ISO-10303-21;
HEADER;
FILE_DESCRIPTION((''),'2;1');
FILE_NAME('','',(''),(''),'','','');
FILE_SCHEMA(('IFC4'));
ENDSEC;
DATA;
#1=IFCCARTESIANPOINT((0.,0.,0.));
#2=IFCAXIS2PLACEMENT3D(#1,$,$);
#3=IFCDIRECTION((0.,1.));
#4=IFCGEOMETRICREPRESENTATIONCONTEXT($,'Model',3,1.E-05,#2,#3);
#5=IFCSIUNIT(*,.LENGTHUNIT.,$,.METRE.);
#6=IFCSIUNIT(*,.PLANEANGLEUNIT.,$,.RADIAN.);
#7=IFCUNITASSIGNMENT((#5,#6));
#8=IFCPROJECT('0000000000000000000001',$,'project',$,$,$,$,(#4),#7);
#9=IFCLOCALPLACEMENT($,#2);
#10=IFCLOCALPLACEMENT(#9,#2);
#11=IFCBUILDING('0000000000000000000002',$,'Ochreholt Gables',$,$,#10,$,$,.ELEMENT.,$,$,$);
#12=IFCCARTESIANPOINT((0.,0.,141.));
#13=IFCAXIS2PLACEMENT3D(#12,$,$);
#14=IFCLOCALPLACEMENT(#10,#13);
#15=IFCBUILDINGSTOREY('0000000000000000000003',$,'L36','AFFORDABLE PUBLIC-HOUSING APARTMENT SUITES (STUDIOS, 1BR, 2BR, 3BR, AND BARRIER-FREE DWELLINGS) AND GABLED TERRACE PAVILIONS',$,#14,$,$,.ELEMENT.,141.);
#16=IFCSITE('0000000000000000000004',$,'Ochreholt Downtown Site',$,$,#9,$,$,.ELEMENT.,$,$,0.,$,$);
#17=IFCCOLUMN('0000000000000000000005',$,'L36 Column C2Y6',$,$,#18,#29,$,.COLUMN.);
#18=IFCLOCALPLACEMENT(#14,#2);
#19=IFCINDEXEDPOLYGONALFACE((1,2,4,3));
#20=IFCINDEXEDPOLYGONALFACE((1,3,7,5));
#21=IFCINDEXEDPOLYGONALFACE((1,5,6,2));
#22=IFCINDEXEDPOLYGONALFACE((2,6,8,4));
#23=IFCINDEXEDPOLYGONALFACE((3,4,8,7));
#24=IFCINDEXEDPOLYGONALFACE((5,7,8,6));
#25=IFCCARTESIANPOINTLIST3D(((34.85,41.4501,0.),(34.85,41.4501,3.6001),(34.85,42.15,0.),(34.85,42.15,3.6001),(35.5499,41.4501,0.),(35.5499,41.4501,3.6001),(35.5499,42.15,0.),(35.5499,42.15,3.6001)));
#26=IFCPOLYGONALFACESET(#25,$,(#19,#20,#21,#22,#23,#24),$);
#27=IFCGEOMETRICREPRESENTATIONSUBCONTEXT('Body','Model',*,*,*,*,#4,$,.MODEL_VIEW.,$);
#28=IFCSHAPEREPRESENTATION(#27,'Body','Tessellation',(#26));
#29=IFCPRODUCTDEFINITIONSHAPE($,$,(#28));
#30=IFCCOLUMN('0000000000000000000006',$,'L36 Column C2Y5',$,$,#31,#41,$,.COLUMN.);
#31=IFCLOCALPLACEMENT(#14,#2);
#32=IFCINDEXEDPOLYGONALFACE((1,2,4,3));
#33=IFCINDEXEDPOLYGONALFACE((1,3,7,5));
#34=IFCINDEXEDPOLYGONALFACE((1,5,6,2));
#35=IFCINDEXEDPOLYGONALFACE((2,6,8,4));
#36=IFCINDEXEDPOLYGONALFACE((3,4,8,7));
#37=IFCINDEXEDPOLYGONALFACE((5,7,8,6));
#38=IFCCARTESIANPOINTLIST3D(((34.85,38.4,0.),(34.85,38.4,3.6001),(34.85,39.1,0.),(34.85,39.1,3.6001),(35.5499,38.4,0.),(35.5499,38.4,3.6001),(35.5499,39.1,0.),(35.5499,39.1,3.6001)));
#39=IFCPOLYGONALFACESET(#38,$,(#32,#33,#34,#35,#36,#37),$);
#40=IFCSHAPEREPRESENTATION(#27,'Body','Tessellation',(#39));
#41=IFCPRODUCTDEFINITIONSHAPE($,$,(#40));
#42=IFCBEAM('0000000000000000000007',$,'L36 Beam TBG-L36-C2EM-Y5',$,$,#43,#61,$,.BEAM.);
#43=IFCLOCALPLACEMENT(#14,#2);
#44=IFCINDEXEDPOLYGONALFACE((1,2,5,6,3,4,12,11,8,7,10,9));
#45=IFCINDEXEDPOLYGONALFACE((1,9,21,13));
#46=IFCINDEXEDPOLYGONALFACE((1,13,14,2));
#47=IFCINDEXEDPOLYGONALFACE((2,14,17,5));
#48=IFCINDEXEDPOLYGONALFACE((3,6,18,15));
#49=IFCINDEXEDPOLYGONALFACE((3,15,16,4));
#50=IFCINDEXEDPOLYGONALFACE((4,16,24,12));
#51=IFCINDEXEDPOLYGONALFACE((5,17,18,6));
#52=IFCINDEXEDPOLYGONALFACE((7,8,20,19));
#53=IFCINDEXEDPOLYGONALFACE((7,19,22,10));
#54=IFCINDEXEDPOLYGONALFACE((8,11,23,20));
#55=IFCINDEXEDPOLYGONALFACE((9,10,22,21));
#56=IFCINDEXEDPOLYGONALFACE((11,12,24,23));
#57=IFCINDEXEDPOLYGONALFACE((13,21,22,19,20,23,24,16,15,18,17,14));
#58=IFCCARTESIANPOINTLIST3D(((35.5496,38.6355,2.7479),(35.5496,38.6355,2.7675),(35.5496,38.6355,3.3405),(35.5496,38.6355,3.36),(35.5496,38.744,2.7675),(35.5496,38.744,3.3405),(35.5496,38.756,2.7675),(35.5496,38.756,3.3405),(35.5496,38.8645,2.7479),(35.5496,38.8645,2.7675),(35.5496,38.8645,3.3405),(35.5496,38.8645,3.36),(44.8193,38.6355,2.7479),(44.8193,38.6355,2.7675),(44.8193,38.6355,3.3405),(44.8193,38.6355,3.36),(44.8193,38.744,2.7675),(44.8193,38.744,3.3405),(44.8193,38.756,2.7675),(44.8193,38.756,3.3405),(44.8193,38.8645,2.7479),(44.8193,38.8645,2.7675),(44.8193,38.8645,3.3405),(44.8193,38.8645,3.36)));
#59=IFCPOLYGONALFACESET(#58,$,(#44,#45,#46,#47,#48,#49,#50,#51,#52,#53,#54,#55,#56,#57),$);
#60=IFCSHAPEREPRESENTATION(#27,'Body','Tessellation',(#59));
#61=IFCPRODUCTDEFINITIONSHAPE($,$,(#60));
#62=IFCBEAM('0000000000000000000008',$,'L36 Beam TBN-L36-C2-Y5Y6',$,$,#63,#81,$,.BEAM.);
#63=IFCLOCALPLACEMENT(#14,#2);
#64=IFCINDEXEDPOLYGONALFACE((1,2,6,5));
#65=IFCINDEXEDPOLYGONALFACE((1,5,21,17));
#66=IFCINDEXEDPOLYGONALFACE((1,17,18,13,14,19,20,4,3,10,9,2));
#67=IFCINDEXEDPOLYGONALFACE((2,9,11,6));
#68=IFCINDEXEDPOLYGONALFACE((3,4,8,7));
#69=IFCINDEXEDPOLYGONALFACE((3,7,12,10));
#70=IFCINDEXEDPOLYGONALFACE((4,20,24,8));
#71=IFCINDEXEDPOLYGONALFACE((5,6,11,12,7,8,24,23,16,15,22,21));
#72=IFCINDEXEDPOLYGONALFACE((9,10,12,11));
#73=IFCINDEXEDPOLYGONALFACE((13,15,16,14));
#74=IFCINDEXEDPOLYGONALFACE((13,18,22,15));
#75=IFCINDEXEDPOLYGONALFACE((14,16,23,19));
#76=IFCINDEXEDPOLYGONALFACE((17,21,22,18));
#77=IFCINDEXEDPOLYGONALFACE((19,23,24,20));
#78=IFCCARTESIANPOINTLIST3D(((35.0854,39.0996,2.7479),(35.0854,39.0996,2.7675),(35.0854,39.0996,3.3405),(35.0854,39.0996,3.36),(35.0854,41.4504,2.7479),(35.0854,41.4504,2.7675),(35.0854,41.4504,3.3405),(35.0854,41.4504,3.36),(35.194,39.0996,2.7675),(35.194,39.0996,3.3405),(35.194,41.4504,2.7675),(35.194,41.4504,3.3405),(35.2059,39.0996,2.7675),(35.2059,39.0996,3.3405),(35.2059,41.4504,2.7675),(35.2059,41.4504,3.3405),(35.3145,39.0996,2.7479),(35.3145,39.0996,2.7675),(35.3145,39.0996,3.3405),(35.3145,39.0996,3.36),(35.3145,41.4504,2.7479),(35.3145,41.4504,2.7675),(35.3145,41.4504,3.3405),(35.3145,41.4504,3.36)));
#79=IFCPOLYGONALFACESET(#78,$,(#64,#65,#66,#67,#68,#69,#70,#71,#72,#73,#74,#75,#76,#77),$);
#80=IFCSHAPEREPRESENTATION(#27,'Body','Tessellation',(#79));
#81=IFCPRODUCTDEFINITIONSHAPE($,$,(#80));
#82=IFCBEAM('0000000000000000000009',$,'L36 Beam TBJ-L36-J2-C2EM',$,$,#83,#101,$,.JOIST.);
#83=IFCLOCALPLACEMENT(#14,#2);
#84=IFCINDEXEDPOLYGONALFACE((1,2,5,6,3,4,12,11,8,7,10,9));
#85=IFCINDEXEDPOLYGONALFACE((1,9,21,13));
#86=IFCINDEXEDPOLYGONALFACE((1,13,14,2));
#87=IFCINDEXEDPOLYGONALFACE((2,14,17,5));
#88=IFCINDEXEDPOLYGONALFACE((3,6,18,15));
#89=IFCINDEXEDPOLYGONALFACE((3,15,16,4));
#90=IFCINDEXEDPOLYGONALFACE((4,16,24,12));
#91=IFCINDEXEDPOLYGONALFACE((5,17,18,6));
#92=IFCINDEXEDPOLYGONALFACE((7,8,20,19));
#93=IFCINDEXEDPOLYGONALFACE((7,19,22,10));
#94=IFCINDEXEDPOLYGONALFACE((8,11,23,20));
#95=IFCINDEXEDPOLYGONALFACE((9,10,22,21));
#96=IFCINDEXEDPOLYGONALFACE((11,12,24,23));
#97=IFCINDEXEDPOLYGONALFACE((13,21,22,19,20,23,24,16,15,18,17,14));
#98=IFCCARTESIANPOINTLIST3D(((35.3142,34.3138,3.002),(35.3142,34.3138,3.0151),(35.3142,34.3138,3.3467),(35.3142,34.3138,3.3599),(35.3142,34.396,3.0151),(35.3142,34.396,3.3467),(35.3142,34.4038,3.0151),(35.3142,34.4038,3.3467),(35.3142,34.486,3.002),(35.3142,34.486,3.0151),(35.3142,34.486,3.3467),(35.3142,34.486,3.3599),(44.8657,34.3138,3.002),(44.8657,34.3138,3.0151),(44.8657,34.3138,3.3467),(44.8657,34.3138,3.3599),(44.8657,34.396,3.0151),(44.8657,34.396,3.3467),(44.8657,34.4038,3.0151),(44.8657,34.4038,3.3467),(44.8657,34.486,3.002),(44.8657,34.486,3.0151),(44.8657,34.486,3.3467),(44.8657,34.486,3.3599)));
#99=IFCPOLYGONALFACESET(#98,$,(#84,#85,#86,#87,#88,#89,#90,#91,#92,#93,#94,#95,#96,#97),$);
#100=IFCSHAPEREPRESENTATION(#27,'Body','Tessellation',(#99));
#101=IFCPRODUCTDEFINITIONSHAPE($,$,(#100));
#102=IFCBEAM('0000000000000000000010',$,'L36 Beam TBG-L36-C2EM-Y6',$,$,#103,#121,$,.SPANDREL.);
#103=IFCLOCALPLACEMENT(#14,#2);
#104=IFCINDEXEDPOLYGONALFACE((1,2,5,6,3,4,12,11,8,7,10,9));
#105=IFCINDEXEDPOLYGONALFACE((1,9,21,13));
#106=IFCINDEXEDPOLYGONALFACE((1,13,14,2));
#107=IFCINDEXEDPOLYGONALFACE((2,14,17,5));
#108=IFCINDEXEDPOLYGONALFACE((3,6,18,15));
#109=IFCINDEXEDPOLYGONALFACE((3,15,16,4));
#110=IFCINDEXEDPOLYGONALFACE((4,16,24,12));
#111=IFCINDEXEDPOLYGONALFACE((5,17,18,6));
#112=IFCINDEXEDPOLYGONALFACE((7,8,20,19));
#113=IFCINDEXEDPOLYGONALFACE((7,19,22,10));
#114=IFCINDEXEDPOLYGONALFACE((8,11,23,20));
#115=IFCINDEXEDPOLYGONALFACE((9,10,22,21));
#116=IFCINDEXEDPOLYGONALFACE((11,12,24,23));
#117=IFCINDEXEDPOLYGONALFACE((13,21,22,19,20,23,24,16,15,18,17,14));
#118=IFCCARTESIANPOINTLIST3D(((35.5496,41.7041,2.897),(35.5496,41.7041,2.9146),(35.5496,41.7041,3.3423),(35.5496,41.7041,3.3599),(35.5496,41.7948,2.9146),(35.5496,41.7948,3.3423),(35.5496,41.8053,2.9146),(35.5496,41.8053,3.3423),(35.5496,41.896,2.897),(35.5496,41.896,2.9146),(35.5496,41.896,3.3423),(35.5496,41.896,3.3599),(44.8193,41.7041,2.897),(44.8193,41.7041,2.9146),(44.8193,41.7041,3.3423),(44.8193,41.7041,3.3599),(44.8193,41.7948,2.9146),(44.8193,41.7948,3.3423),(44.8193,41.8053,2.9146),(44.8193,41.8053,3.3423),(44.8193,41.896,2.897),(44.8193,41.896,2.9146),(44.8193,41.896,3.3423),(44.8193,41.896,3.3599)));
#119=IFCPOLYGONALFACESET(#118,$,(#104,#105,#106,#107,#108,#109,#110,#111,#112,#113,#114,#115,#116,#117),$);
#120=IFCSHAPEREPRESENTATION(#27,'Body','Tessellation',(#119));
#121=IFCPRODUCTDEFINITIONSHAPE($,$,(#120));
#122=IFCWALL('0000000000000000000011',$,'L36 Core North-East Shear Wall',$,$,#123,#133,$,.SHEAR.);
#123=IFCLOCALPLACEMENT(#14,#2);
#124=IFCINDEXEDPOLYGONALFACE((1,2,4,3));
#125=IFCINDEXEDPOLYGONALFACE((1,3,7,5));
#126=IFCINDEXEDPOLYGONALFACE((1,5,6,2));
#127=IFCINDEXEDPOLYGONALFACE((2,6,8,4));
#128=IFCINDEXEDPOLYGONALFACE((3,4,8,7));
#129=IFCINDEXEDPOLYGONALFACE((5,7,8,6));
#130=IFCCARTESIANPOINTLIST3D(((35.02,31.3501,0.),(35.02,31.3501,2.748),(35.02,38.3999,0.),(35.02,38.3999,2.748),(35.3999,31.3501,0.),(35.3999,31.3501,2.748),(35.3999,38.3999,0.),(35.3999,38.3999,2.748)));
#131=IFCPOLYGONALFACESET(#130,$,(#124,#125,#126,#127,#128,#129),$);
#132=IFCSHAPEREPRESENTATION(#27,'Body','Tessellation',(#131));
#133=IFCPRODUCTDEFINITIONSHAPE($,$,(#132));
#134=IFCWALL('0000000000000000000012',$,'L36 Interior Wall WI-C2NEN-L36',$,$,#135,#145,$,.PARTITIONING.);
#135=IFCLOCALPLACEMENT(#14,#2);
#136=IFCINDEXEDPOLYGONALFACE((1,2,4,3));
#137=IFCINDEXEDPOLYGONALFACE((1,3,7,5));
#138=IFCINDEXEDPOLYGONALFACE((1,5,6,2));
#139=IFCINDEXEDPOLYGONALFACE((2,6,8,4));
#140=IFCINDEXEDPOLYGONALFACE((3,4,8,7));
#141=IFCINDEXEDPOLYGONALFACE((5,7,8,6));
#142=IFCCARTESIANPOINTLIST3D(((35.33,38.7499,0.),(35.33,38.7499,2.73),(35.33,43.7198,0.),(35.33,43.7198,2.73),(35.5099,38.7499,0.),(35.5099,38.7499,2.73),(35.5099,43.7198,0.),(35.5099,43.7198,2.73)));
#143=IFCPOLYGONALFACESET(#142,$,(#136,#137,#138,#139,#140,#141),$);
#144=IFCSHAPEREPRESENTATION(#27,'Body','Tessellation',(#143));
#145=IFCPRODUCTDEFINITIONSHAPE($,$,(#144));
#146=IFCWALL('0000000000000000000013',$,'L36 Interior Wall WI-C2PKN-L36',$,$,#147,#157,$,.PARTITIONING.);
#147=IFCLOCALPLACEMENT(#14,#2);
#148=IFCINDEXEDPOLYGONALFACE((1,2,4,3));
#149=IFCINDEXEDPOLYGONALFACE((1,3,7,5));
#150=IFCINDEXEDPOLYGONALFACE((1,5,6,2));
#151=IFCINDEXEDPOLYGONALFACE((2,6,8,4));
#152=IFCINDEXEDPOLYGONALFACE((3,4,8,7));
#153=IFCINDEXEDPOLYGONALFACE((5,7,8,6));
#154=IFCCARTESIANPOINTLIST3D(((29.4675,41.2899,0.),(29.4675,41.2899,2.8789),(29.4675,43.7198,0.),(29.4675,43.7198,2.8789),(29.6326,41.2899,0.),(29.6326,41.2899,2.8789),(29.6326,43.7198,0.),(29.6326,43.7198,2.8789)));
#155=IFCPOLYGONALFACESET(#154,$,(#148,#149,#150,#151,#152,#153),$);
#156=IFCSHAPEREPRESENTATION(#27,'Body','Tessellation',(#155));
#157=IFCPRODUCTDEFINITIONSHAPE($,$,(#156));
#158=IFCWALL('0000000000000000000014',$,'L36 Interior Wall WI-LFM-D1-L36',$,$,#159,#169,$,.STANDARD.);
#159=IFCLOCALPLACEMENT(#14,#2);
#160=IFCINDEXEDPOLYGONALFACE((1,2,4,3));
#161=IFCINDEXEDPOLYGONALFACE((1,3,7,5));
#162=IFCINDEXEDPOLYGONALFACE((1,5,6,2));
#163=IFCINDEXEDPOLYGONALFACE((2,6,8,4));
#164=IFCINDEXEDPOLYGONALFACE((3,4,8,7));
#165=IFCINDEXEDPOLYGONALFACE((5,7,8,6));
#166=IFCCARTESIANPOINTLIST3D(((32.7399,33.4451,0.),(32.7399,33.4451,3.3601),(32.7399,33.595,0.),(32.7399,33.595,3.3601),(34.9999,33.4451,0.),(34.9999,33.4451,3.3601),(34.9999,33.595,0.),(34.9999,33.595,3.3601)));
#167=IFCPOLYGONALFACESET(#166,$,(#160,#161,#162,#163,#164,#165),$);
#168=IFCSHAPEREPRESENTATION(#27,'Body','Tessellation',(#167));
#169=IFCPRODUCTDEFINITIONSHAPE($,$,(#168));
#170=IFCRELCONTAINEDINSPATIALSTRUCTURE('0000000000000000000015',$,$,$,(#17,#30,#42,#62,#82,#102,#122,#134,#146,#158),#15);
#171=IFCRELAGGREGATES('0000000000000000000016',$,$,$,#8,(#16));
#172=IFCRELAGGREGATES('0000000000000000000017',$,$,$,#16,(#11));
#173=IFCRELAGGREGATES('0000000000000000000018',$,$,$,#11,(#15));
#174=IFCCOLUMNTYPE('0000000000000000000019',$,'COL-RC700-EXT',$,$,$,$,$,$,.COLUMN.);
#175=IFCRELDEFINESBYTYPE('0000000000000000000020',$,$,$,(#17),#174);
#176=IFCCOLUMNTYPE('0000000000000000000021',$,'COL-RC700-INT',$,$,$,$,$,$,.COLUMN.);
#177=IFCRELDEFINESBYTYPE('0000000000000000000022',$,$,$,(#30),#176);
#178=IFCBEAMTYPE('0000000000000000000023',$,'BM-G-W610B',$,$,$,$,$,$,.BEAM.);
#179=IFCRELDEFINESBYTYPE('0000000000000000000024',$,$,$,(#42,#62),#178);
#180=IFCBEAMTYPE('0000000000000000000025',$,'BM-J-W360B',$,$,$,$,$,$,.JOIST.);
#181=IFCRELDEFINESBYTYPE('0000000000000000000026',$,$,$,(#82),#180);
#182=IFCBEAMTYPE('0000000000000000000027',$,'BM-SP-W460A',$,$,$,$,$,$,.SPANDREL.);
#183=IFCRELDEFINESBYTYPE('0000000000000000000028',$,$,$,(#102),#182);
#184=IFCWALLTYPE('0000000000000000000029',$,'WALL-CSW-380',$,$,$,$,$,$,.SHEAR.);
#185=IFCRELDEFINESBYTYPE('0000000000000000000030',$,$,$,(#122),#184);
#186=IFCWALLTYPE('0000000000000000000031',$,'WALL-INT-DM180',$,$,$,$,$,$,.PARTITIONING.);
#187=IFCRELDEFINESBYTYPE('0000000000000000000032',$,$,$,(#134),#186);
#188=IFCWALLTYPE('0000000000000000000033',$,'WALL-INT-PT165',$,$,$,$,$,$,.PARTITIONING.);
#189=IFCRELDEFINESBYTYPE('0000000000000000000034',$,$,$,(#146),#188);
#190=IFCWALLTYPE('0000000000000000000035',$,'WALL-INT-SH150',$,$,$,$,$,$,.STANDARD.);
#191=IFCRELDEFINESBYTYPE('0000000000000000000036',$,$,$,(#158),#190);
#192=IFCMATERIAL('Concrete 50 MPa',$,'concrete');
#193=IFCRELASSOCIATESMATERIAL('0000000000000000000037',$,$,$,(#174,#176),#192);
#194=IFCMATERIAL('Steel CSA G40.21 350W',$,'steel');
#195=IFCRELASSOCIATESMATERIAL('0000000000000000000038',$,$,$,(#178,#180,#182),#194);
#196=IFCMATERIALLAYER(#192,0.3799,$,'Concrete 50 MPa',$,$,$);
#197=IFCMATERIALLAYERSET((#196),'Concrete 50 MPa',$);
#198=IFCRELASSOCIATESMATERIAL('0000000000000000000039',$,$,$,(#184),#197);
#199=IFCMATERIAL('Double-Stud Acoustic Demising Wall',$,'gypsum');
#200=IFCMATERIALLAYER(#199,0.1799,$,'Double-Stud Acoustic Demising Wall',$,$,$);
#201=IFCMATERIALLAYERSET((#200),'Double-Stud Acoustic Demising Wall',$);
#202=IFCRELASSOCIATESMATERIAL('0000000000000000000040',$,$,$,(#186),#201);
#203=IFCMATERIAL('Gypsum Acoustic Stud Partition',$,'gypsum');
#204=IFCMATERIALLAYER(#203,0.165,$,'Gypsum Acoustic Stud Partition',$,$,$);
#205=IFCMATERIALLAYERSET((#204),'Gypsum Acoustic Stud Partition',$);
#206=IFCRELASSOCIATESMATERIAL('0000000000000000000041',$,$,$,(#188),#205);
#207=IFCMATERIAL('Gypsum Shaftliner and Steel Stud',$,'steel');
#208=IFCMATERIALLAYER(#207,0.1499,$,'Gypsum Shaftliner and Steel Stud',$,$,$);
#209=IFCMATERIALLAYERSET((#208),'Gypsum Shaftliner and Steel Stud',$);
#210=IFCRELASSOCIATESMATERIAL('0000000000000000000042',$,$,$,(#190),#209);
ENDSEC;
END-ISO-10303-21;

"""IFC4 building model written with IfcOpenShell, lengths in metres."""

from ifc_helpers import new_model, si_unit, direction, frame, frame_2d, origin, origin_2d, place, context, subcontext, project, spatial, rectangle, i_section, extrude, material, layer, layer_set, material_profile, profile_set, type_object, element, save


model = new_model("IFC4")

# Units and contexts
model_context = context("Model", 3, precision=1e-05, world=origin(), true_north=direction((0.0, 1.0)))
body_context = subcontext(model_context, "Body", "Model", "MODEL_VIEW")
ifc_project = project(units=[si_unit("LENGTHUNIT", "METRE"), si_unit("PLANEANGLEUNIT", "RADIAN")], contexts=[model_context])

# Site, building, storey
site_placement = place(None, origin())
site = spatial("IfcSite", under=ifc_project, at=site_placement, Name="Ochreholt Downtown Site", CompositionType="ELEMENT", RefElevation=0.0)
building_placement = place(site_placement, origin())
building = spatial("IfcBuilding", under=site, at=building_placement, Name="Ochreholt Gables", CompositionType="ELEMENT")
storey_placement = place(building_placement, frame((0.0, 0.0, 141.0)))
storey = spatial("IfcBuildingStorey", under=building, at=storey_placement, Name="L36", Description="AFFORDABLE PUBLIC-HOUSING APARTMENT SUITES (STUDIOS, 1BR, 2BR, 3BR, AND BARRIER-FREE DWELLINGS) AND GABLED TERRACE PAVILIONS", CompositionType="ELEMENT", Elevation=141.0)

# Columns
ifc_material_1 = material(Name="Concrete 50 MPa", Category="concrete")
ifc_material_profile_1 = material_profile(ifc_material_1, rectangle(XDim=0.7, YDim=0.7, at=origin_2d()), Name="RC700X700")
ifc_profile_set_1 = profile_set([ifc_material_profile_1], Name="Concrete 50 MPa")
column_type_1 = type_object("IfcColumnType", Name="COL-RC700-EXT", PredefinedType="COLUMN", material=ifc_profile_set_1)
column_1_placement = place(storey_placement, frame((35.2, 41.8, 0.0), z_axis=(0.0, 0.0, 1.0), x_axis=(1.0, 0.0, 0.0)))
element("IfcColumn", 1, at=column_1_placement, inside=storey, type_object=column_type_1, Name="L36 Column C2Y6", PredefinedType="COLUMN", context=body_context, shape_type="SweptSolid", body=[
    extrude(rectangle(XDim=0.7, YDim=0.7, at=origin_2d()), origin(), (0.0, 0.0, 1.0), 3.6001),
])
ifc_material_profile_2 = material_profile(ifc_material_1, rectangle(XDim=0.7, YDim=0.7, at=origin_2d()), Name="RC700X700")
ifc_profile_set_2 = profile_set([ifc_material_profile_2], Name="Concrete 50 MPa")
column_type_2 = type_object("IfcColumnType", Name="COL-RC700-INT", PredefinedType="COLUMN", material=ifc_profile_set_2)
column_2_placement = place(storey_placement, frame((35.2, 38.75, 0.0), z_axis=(0.0, 0.0, 1.0), x_axis=(1.0, 0.0, 0.0)))
element("IfcColumn", 2, at=column_2_placement, inside=storey, type_object=column_type_2, Name="L36 Column C2Y5", PredefinedType="COLUMN", context=body_context, shape_type="SweptSolid", body=[
    extrude(rectangle(XDim=0.7, YDim=0.7, at=origin_2d()), origin(), (0.0, 0.0, 1.0), 3.6001),
])

# Beams
ifc_material_2 = material(Name="Steel CSA G40.21 350W", Category="steel")
ifc_material_profile_3 = material_profile(ifc_material_2, i_section(OverallWidth=0.229, OverallDepth=0.6121, WebThickness=0.012, FlangeThickness=0.0195, at=origin_2d()), Name="W610X125")
ifc_profile_set_3 = profile_set([ifc_material_profile_3], Name="Steel CSA G40.21 350W")
beam_type_1 = type_object("IfcBeamType", Name="BM-G-W610B", PredefinedType="BEAM", material=ifc_profile_set_3)
beam_1_placement = place(storey_placement, frame((35.5496, 38.75, 3.054), z_axis=(1.0, 0.0, 0.0), x_axis=(0.0, 1.0, 0.0)))
element("IfcBeam", 3, at=beam_1_placement, inside=storey, type_object=beam_type_1, Name="L36 Beam TBG-L36-C2EM-Y5", PredefinedType="BEAM", context=body_context, shape_type="SweptSolid", body=[
    extrude(i_section(OverallWidth=0.229, OverallDepth=0.6121, WebThickness=0.012, FlangeThickness=0.0195, at=origin_2d()), origin(), (0.0, 0.0, 1.0), 9.2698),
])
beam_2_placement = place(storey_placement, frame((35.2, 39.0996, 3.054), z_axis=(0.0, 1.0, 0.0), x_axis=(-1.0, 0.0, 0.0)))
element("IfcBeam", 4, at=beam_2_placement, inside=storey, type_object=beam_type_1, Name="L36 Beam TBN-L36-C2-Y5Y6", PredefinedType="BEAM", context=body_context, shape_type="SweptSolid", body=[
    extrude(i_section(OverallWidth=0.229, OverallDepth=0.6121, WebThickness=0.012, FlangeThickness=0.0195, at=origin_2d()), origin(), (0.0, 0.0, 1.0), 2.3508),
])
ifc_material_profile_4 = material_profile(ifc_material_2, i_section(OverallWidth=0.1721, OverallDepth=0.3579, WebThickness=0.0078, FlangeThickness=0.0132, at=origin_2d()), Name="W360X57")
ifc_profile_set_4 = profile_set([ifc_material_profile_4], Name="Steel CSA G40.21 350W")
beam_type_2 = type_object("IfcBeamType", Name="BM-J-W360B", PredefinedType="JOIST", material=ifc_profile_set_4)
beam_3_placement = place(storey_placement, frame((35.3142, 34.3999, 3.1809), z_axis=(1.0, 0.0, 0.0), x_axis=(0.0, 1.0, 0.0)))
element("IfcBeam", 5, at=beam_3_placement, inside=storey, type_object=beam_type_2, Name="L36 Beam TBJ-L36-J2-C2EM", PredefinedType="JOIST", context=body_context, shape_type="SweptSolid", body=[
    extrude(i_section(OverallWidth=0.1721, OverallDepth=0.3579, WebThickness=0.0078, FlangeThickness=0.0132, at=origin_2d()), origin(), (0.0, 0.0, 1.0), 9.5515),
])
ifc_material_profile_5 = material_profile(ifc_material_2, i_section(OverallWidth=0.1919, OverallDepth=0.4629, WebThickness=0.0105, FlangeThickness=0.0176, at=origin_2d()), Name="W460X89")
ifc_profile_set_5 = profile_set([ifc_material_profile_5], Name="Steel CSA G40.21 350W")
beam_type_3 = type_object("IfcBeamType", Name="BM-SP-W460A", PredefinedType="SPANDREL", material=ifc_profile_set_5)
beam_4_placement = place(storey_placement, frame((35.5496, 41.8, 3.1284), z_axis=(1.0, 0.0, 0.0), x_axis=(0.0, 1.0, 0.0)))
element("IfcBeam", 6, at=beam_4_placement, inside=storey, type_object=beam_type_3, Name="L36 Beam TBG-L36-C2EM-Y6", PredefinedType="SPANDREL", context=body_context, shape_type="SweptSolid", body=[
    extrude(i_section(OverallWidth=0.1919, OverallDepth=0.4629, WebThickness=0.0105, FlangeThickness=0.0176, at=origin_2d()), origin(), (0.0, 0.0, 1.0), 9.2698),
])

# Walls
ifc_layer_1 = layer(ifc_material_1, 0.3799, Name="Concrete 50 MPa")
ifc_layer_set_1 = layer_set([ifc_layer_1], Name="Concrete 50 MPa")
wall_type_1 = type_object("IfcWallType", Name="WALL-CSW-380", PredefinedType="SHEAR", material=ifc_layer_set_1)
wall_1_placement = place(storey_placement, frame((35.21, 31.3501, 0.0), z_axis=(0.0, 0.0, 1.0), x_axis=(0.0, 1.0, 0.0)))
element("IfcWall", 7, at=wall_1_placement, inside=storey, type_object=wall_type_1, Name="L36 Core North-East Shear Wall", PredefinedType="SHEAR", context=body_context, shape_type="SweptSolid", body=[
    extrude(rectangle(XDim=7.0498, YDim=0.3799, at=frame_2d((3.5249, 0.0))), origin(), (0.0, 0.0, 1.0), 2.748),
])
ifc_material_3 = material(Name="Double-Stud Acoustic Demising Wall", Category="gypsum")
ifc_layer_2 = layer(ifc_material_3, 0.1799, Name="Double-Stud Acoustic Demising Wall")
ifc_layer_set_2 = layer_set([ifc_layer_2], Name="Double-Stud Acoustic Demising Wall")
wall_type_2 = type_object("IfcWallType", Name="WALL-INT-DM180", PredefinedType="PARTITIONING", material=ifc_layer_set_2)
wall_2_placement = place(storey_placement, frame((35.4199, 38.75, 0.0), z_axis=(0.0, 0.0, 1.0), x_axis=(0.0, 1.0, 0.0)))
element("IfcWall", 8, at=wall_2_placement, inside=storey, type_object=wall_type_2, Name="L36 Interior Wall WI-C2NEN-L36", PredefinedType="PARTITIONING", context=body_context, shape_type="SweptSolid", body=[
    extrude(rectangle(XDim=4.97, YDim=0.1799, at=frame_2d((2.4849, 0.0))), origin(), (0.0, 0.0, 1.0), 2.73),
])

# Walls
ifc_material_4 = material(Name="Gypsum Acoustic Stud Partition", Category="gypsum")
ifc_layer_3 = layer(ifc_material_4, 0.165, Name="Gypsum Acoustic Stud Partition")
ifc_layer_set_3 = layer_set([ifc_layer_3], Name="Gypsum Acoustic Stud Partition")
wall_type_3 = type_object("IfcWallType", Name="WALL-INT-PT165", PredefinedType="PARTITIONING", material=ifc_layer_set_3)
wall_3_placement = place(storey_placement, frame((29.55, 41.29, 0.0), z_axis=(0.0, 0.0, 1.0), x_axis=(0.0, 1.0, 0.0)))
element("IfcWall", 9, at=wall_3_placement, inside=storey, type_object=wall_type_3, Name="L36 Interior Wall WI-C2PKN-L36", PredefinedType="PARTITIONING", context=body_context, shape_type="SweptSolid", body=[
    extrude(rectangle(XDim=2.4299, YDim=0.165, at=frame_2d((1.2148, 0.0))), origin(), (0.0, 0.0, 1.0), 2.8789),
])
ifc_material_5 = material(Name="Gypsum Shaftliner and Steel Stud", Category="steel")
ifc_layer_4 = layer(ifc_material_5, 0.1499, Name="Gypsum Shaftliner and Steel Stud")
ifc_layer_set_4 = layer_set([ifc_layer_4], Name="Gypsum Shaftliner and Steel Stud")
wall_type_4 = type_object("IfcWallType", Name="WALL-INT-SH150", PredefinedType="STANDARD", material=ifc_layer_set_4)
for number, where, z_axis, x_axis, name in (
    (10, (32.74, 33.52, 0.0), (0.0, 0.0, 1.0), (1.0, 0.0, 0.0), "L36 Interior Wall WI-LFM-D1-L36"),
):
    element("IfcWall", number, at=place(storey_placement, frame(where, z_axis=z_axis, x_axis=x_axis)), inside=storey, type_object=wall_type_4, Name=name, PredefinedType="STANDARD", context=body_context, shape_type="SweptSolid", body=[
        extrude(rectangle(XDim=2.26, YDim=0.1499, at=frame_2d((1.1299, 0.0))), origin(), (0.0, 0.0, 1.0), 3.3601),
    ])

save(model, "model.ifc")
